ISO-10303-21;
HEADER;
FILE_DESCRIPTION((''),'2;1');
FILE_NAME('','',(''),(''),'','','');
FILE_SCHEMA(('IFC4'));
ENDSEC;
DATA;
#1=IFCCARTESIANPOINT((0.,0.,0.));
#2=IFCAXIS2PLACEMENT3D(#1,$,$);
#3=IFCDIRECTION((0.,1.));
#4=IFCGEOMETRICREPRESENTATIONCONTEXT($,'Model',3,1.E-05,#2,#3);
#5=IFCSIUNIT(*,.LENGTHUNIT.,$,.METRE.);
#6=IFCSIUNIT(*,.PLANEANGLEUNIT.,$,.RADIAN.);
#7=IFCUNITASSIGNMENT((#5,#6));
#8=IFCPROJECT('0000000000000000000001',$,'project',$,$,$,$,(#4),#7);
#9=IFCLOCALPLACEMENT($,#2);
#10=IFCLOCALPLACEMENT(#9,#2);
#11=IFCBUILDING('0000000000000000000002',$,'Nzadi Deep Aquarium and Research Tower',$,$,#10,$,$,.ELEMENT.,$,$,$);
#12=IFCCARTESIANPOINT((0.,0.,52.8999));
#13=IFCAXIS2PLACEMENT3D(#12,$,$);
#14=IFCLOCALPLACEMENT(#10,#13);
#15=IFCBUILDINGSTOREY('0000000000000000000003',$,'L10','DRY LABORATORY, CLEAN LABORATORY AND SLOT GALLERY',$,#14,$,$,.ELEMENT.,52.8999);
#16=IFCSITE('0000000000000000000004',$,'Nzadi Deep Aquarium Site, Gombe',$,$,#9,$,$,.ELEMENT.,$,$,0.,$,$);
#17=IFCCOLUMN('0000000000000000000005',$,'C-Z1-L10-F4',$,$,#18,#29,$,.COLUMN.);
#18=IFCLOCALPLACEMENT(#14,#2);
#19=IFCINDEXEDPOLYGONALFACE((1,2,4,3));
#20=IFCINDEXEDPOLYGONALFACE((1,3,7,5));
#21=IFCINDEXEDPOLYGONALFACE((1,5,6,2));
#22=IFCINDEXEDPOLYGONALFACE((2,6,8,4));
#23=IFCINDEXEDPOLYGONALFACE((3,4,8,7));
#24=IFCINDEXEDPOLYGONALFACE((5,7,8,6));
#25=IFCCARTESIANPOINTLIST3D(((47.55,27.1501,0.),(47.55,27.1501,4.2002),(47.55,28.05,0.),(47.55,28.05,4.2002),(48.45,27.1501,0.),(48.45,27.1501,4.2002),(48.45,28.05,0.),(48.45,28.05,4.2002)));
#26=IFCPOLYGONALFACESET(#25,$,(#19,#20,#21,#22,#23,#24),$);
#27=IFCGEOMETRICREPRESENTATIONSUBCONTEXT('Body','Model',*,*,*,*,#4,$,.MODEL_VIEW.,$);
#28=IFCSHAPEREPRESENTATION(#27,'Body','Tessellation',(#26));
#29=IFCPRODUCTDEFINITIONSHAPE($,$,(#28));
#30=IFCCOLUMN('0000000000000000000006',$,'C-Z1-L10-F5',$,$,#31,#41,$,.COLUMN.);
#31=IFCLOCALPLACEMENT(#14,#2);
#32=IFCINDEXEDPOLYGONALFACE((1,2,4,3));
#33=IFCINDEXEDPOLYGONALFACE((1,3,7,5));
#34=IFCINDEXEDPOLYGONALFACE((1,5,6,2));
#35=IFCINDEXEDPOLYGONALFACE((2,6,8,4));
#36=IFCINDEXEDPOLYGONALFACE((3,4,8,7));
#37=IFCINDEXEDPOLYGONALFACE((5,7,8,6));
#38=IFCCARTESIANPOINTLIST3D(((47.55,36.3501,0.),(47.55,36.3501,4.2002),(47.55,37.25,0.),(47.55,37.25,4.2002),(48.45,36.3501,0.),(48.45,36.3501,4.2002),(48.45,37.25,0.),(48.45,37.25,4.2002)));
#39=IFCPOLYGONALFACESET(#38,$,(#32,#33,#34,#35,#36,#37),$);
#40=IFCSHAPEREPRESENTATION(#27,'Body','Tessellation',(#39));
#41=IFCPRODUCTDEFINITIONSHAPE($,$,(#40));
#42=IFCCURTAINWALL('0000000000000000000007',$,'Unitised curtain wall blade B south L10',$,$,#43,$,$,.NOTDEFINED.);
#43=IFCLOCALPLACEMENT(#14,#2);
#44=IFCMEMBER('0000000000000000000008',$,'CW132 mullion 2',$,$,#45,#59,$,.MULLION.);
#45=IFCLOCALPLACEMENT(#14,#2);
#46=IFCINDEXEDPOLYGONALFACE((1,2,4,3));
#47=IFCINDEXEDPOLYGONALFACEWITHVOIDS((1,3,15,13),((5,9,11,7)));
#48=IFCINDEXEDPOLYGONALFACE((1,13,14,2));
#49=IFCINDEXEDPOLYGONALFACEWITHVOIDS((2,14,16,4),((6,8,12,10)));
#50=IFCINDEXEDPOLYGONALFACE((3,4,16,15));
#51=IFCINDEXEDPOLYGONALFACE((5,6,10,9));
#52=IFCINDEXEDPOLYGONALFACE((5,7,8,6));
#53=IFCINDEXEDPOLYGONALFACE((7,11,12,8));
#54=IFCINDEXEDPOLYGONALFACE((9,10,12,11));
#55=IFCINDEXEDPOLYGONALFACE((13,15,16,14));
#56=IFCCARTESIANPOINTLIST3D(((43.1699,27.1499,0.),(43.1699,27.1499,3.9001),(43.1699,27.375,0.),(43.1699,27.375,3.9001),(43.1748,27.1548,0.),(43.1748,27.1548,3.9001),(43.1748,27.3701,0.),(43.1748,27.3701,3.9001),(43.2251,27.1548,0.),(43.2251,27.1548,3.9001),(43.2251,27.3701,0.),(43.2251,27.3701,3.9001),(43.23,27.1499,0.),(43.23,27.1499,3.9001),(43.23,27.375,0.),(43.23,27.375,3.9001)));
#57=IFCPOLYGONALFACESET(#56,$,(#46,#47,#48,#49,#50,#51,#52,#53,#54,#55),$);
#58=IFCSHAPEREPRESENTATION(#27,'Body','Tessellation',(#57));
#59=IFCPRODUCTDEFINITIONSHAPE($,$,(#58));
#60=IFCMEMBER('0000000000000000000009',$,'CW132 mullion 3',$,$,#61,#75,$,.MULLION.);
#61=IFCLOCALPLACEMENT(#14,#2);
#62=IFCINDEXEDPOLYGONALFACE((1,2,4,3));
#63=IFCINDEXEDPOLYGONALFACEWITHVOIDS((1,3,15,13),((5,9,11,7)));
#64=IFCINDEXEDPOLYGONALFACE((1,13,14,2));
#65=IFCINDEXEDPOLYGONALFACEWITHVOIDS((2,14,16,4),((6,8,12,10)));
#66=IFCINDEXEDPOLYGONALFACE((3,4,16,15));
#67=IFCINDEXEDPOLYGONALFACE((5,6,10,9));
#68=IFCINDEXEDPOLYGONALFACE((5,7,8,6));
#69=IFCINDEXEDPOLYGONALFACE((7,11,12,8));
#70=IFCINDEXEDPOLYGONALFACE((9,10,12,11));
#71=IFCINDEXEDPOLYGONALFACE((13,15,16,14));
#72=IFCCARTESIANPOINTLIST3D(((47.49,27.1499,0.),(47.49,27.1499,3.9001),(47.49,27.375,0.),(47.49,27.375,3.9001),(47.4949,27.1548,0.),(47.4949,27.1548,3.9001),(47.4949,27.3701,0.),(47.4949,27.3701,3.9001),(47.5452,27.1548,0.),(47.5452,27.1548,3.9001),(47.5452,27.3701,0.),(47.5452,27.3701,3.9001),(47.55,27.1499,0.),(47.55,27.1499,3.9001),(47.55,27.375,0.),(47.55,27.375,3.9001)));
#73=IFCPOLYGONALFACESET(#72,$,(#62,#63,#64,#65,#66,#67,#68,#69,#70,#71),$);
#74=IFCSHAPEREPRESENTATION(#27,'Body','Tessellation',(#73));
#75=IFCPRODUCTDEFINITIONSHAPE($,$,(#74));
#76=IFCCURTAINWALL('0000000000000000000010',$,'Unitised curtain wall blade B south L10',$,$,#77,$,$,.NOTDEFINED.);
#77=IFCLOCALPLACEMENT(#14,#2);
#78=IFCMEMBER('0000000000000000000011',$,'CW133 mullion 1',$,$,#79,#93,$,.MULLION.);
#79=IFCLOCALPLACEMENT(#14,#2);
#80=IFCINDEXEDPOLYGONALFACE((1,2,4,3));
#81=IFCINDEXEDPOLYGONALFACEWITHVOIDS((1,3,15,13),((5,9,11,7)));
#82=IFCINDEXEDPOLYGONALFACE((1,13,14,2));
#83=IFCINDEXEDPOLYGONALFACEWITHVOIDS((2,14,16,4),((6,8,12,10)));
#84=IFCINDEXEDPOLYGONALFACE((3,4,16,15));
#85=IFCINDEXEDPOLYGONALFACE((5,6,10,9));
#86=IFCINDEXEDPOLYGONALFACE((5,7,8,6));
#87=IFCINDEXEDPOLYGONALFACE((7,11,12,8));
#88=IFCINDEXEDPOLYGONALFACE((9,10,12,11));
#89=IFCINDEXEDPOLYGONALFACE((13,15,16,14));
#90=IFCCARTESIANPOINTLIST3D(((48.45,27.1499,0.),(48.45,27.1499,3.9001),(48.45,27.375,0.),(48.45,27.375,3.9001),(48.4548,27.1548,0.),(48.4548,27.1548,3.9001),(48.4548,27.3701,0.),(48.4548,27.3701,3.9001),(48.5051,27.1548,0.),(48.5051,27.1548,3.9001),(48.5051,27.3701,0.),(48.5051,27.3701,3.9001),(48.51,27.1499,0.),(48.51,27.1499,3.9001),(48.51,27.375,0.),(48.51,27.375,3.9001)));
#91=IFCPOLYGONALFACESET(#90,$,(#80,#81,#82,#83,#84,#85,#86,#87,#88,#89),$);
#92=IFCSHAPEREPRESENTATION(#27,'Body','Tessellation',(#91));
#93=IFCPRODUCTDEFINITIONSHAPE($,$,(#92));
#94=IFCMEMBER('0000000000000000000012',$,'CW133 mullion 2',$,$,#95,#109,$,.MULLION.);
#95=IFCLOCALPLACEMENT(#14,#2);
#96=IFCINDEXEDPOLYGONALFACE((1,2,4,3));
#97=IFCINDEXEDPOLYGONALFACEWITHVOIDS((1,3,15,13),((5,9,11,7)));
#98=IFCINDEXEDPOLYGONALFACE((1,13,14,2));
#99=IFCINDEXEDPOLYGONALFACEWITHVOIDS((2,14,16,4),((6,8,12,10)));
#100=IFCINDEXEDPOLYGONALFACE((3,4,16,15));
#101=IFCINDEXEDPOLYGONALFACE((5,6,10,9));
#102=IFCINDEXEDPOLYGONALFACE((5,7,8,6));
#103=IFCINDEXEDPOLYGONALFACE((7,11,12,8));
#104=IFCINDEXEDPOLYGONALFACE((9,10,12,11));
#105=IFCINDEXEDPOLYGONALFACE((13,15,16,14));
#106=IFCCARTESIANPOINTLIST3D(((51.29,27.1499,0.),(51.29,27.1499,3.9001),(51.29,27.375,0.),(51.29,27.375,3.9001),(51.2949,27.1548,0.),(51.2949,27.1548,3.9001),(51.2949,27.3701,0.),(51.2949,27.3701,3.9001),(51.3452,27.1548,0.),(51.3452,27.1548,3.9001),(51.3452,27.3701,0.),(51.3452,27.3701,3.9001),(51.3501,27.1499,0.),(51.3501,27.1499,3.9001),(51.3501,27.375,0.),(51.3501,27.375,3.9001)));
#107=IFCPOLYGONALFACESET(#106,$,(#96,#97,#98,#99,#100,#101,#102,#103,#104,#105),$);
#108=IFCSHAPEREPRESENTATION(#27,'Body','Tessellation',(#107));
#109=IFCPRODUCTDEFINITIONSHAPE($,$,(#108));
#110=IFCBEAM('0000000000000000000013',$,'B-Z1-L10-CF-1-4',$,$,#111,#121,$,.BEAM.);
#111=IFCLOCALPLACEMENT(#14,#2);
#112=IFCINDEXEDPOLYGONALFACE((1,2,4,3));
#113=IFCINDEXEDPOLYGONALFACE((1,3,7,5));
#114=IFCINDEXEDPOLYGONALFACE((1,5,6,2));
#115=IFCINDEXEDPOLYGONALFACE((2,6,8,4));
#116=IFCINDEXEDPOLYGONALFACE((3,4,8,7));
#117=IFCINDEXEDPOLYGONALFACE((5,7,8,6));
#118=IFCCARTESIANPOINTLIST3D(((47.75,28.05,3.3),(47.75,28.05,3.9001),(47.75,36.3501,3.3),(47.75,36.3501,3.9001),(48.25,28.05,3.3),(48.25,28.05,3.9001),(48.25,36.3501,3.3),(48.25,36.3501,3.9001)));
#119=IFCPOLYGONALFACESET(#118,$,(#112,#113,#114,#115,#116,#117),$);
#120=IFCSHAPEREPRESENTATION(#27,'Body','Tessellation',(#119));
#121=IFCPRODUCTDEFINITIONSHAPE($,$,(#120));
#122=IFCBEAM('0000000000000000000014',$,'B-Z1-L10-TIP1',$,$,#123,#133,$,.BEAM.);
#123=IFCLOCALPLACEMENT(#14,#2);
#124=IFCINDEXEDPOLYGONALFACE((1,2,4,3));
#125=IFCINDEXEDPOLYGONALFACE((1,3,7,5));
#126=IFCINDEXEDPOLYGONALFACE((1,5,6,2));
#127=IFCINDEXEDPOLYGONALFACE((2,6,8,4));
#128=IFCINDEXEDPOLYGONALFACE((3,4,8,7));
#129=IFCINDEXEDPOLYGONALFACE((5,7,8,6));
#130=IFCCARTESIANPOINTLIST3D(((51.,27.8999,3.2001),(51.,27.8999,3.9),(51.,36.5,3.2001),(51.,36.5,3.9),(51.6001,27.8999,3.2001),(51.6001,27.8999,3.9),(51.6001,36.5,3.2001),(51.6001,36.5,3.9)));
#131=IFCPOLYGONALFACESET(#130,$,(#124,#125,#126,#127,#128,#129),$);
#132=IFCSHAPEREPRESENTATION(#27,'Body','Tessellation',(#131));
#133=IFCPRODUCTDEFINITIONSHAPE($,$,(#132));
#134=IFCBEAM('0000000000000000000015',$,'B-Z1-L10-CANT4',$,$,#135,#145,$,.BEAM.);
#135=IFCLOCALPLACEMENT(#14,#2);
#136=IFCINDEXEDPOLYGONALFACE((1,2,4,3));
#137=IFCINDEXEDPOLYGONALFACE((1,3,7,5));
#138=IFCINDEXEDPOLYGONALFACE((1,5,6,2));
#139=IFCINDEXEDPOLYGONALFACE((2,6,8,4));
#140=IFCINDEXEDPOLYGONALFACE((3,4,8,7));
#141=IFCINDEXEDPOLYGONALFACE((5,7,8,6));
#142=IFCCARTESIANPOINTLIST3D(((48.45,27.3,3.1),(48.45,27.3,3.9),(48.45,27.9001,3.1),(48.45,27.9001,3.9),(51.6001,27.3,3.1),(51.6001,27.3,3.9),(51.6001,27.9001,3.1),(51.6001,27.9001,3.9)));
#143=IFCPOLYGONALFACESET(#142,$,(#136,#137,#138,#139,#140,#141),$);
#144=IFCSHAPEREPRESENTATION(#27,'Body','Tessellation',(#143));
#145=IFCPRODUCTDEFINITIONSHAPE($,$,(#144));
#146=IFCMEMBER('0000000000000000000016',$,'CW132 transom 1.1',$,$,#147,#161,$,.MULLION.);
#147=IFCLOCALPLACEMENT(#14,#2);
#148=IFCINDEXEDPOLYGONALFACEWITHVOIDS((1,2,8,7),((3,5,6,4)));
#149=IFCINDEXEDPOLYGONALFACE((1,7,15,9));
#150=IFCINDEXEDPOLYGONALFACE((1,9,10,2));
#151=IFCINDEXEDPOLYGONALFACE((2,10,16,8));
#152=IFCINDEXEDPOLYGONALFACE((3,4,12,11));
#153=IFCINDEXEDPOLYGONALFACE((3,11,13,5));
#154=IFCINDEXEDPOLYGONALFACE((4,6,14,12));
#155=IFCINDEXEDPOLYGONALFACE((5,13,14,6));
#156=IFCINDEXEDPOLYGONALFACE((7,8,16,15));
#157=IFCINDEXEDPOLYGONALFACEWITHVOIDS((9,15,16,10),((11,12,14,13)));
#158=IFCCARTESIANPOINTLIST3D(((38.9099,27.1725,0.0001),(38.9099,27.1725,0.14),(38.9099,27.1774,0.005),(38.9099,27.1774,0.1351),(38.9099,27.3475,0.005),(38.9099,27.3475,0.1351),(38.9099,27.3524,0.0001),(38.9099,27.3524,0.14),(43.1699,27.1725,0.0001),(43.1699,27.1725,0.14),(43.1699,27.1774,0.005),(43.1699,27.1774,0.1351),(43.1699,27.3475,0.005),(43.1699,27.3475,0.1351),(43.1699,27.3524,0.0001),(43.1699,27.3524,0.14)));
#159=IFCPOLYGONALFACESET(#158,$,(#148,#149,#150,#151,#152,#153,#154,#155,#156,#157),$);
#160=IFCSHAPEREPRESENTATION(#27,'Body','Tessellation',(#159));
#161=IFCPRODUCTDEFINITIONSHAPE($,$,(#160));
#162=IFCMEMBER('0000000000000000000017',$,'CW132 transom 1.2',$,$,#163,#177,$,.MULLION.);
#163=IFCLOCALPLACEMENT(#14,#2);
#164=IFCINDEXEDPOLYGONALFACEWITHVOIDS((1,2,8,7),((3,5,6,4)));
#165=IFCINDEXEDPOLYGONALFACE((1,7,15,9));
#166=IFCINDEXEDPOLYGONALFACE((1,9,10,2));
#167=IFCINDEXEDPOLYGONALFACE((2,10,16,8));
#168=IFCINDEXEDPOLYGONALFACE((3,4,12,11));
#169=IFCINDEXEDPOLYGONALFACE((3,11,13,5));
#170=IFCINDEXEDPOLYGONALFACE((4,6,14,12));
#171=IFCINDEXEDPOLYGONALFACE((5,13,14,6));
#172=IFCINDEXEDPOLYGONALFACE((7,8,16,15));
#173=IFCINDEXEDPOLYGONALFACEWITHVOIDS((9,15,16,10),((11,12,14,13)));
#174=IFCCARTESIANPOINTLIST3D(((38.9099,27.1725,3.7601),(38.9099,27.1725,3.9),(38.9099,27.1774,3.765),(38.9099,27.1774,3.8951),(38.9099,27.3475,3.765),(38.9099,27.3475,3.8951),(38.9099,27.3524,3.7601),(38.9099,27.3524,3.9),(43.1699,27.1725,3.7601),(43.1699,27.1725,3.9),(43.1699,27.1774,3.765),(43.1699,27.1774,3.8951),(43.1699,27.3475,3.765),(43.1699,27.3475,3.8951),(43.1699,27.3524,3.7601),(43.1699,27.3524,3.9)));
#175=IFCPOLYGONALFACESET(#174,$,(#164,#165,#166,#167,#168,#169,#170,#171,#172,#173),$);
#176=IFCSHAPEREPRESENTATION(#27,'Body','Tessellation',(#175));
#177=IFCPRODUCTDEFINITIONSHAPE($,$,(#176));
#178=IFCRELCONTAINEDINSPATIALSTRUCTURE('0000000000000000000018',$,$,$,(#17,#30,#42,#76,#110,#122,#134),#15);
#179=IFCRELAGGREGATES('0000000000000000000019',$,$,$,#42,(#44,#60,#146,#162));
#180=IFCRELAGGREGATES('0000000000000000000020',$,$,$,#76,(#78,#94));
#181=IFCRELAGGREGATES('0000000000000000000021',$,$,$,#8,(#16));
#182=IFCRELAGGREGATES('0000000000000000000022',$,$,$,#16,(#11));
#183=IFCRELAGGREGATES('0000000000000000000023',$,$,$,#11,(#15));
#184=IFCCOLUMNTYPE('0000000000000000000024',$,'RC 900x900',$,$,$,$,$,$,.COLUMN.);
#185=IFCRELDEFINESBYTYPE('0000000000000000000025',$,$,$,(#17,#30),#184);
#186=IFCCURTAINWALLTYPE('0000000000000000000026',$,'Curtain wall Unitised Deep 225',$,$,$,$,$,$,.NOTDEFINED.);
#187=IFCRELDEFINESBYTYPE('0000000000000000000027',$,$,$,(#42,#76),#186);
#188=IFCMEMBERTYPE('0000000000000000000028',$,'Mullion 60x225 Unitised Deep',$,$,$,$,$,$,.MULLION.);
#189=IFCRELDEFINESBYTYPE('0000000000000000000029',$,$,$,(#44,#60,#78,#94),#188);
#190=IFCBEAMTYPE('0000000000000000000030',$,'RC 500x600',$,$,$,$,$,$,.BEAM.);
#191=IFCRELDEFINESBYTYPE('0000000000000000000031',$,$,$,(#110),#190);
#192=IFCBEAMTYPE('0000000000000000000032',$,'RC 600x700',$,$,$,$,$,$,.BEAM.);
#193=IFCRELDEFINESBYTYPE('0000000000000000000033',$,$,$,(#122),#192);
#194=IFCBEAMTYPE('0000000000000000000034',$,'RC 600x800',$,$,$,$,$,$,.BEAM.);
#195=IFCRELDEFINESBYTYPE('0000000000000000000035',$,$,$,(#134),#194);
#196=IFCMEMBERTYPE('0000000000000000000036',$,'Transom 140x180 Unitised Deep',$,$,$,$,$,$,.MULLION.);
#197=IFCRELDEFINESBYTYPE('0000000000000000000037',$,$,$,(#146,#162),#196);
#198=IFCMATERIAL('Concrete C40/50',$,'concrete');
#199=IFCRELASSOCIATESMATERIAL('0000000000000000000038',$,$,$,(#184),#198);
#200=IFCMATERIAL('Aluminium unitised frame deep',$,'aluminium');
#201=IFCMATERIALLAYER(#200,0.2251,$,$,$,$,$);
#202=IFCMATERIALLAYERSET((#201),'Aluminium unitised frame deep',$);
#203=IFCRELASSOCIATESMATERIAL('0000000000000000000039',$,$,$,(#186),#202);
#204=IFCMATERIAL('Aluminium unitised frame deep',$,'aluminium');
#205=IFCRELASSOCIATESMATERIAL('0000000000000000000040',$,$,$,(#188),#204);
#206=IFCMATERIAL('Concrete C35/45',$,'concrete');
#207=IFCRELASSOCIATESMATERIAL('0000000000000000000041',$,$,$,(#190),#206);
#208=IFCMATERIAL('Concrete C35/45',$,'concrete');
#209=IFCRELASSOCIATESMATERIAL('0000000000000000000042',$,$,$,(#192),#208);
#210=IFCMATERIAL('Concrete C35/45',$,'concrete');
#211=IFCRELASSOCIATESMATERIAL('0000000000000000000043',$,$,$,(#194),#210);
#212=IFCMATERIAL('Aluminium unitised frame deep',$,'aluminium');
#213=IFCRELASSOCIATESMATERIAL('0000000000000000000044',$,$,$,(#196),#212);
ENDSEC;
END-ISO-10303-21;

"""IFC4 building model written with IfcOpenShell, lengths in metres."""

from ifc_helpers import new_model, si_unit, direction, frame, origin, origin_2d, place, context, subcontext, project, spatial, rectangle, hollow_rectangle, extrude, material, layer, layer_set, material_profile, profile_set, type_object, element, aggregate, save


model = new_model("IFC4")

# Units and contexts
model_context = context("Model", 3, precision=1e-05, world=origin(), true_north=direction((0.0, 1.0)))
body_context = subcontext(model_context, "Body", "Model", "MODEL_VIEW")
ifc_project = project(units=[si_unit("LENGTHUNIT", "METRE"), si_unit("PLANEANGLEUNIT", "RADIAN")], contexts=[model_context])

# Site, building, storey
site_placement = place(None, origin())
site = spatial("IfcSite", under=ifc_project, at=site_placement, Name="Nzadi Deep Aquarium Site, Gombe", CompositionType="ELEMENT", RefElevation=0.0)
building_placement = place(site_placement, origin())
building = spatial("IfcBuilding", under=site, at=building_placement, Name="Nzadi Deep Aquarium and Research Tower", CompositionType="ELEMENT")
storey_placement = place(building_placement, frame((0.0, 0.0, 52.8999)))
storey = spatial("IfcBuildingStorey", under=building, at=storey_placement, Name="L10", Description="DRY LABORATORY, CLEAN LABORATORY AND SLOT GALLERY", CompositionType="ELEMENT", Elevation=52.8999)

# Columns
ifc_material_1 = material(Name="Concrete C40/50", Category="concrete")
ifc_material_profile_1 = material_profile(ifc_material_1, rectangle(XDim=0.8999, YDim=0.8999, at=origin_2d()))
ifc_profile_set_1 = profile_set([ifc_material_profile_1], Name="Concrete C40/50")
column_type = type_object("IfcColumnType", Name="RC 900x900", PredefinedType="COLUMN", material=ifc_profile_set_1)
for number, where, z_axis, x_axis, name in (
    (1, (48.0, 27.6001, 0.0), (0.0, 0.0, 1.0), (1.0, 0.0, 0.0), "C-Z1-L10-F4"),
    (2, (48.0, 36.8, 0.0), (0.0, 0.0, 1.0), (1.0, 0.0, 0.0), "C-Z1-L10-F5"),
):
    element("IfcColumn", number, at=place(storey_placement, frame(where, z_axis=z_axis, x_axis=x_axis)), inside=storey, type_object=column_type, Name=name, PredefinedType="COLUMN", context=body_context, shape_type="SweptSolid", body=[
        extrude(rectangle(XDim=0.8999, YDim=0.8999, at=origin_2d()), origin(), (0.0, 0.0, 1.0), 4.2002),
    ])

# Curtain walls, members
ifc_material_2 = material(Name="Aluminium unitised frame deep", Category="aluminium")
ifc_layer_1 = layer(ifc_material_2, 0.2251)
ifc_layer_set_1 = layer_set([ifc_layer_1], Name="Aluminium unitised frame deep")
curtain_wall_type = type_object("IfcCurtainWallType", Name="Curtain wall Unitised Deep 225", PredefinedType="NOTDEFINED", material=ifc_layer_set_1)
curtain_wall_1_placement = place(storey_placement, origin())
curtain_wall_1 = element("IfcCurtainWall", 3, at=curtain_wall_1_placement, inside=storey, type_object=curtain_wall_type, Name="Unitised curtain wall blade B south L10", PredefinedType="NOTDEFINED")
ifc_material_3 = material(Name="Aluminium unitised frame deep", Category="aluminium")
ifc_material_profile_2 = material_profile(ifc_material_3, hollow_rectangle(XDim=0.2251, YDim=0.0601, WallThickness=0.0049, at=origin_2d()))
ifc_profile_set_2 = profile_set([ifc_material_profile_2], Name="Aluminium unitised frame deep")
member_type_1 = type_object("IfcMemberType", Name="Mullion 60x225 Unitised Deep", PredefinedType="MULLION", material=ifc_profile_set_2)
member_1_placement = place(storey_placement, frame((43.2, 27.2625, 0.0), z_axis=(0.0, 0.0, 1.0), x_axis=(0.0, 1.0, 0.0)))
member_1 = element("IfcMember", 4, at=member_1_placement, type_object=member_type_1, Name="CW132 mullion 2", PredefinedType="MULLION", context=body_context, shape_type="SweptSolid", body=[
    extrude(hollow_rectangle(XDim=0.2251, YDim=0.0601, WallThickness=0.0049, at=origin_2d()), origin(), (0.0, 0.0, 1.0), 3.9001),
])
member_2_placement = place(storey_placement, frame((47.52, 27.2625, 0.0), z_axis=(0.0, 0.0, 1.0), x_axis=(0.0, 1.0, 0.0)))
member_2 = element("IfcMember", 5, at=member_2_placement, type_object=member_type_1, Name="CW132 mullion 3", PredefinedType="MULLION", context=body_context, shape_type="SweptSolid", body=[
    extrude(hollow_rectangle(XDim=0.2251, YDim=0.0601, WallThickness=0.0049, at=origin_2d()), origin(), (0.0, 0.0, 1.0), 3.9001),
])
curtain_wall_2_placement = place(storey_placement, origin())
curtain_wall_2 = element("IfcCurtainWall", 6, at=curtain_wall_2_placement, inside=storey, type_object=curtain_wall_type, Name="Unitised curtain wall blade B south L10", PredefinedType="NOTDEFINED")
member_3_placement = place(storey_placement, frame((48.48, 27.2625, 0.0), z_axis=(0.0, 0.0, 1.0), x_axis=(0.0, 1.0, 0.0)))
member_3 = element("IfcMember", 7, at=member_3_placement, type_object=member_type_1, Name="CW133 mullion 1", PredefinedType="MULLION", context=body_context, shape_type="SweptSolid", body=[
    extrude(hollow_rectangle(XDim=0.2251, YDim=0.0601, WallThickness=0.0049, at=origin_2d()), origin(), (0.0, 0.0, 1.0), 3.9001),
])
member_4_placement = place(storey_placement, frame((51.3201, 27.2625, 0.0), z_axis=(0.0, 0.0, 1.0), x_axis=(0.0, 1.0, 0.0)))
member_4 = element("IfcMember", 8, at=member_4_placement, type_object=member_type_1, Name="CW133 mullion 2", PredefinedType="MULLION", context=body_context, shape_type="SweptSolid", body=[
    extrude(hollow_rectangle(XDim=0.2251, YDim=0.0601, WallThickness=0.0049, at=origin_2d()), origin(), (0.0, 0.0, 1.0), 3.9001),
])

# Beams
ifc_material_4 = material(Name="Concrete C35/45", Category="concrete")
ifc_material_profile_3 = material_profile(ifc_material_4, rectangle(XDim=0.5, YDim=0.6001, at=origin_2d()))
ifc_profile_set_3 = profile_set([ifc_material_profile_3], Name="Concrete C35/45")
beam_type_1 = type_object("IfcBeamType", Name="RC 500x600", PredefinedType="BEAM", material=ifc_profile_set_3)
beam_1_placement = place(storey_placement, frame((48.0, 28.05, 3.6001), z_axis=(0.0, 1.0, 0.0), x_axis=(-1.0, 0.0, 0.0)))
element("IfcBeam", 9, at=beam_1_placement, inside=storey, type_object=beam_type_1, Name="B-Z1-L10-CF-1-4", PredefinedType="BEAM", context=body_context, shape_type="SweptSolid", body=[
    extrude(rectangle(XDim=0.5, YDim=0.6001, at=origin_2d()), origin(), (0.0, 0.0, 1.0), 8.3),
])
ifc_material_5 = material(Name="Concrete C35/45", Category="concrete")
ifc_material_profile_4 = material_profile(ifc_material_5, rectangle(XDim=0.6001, YDim=0.7, at=origin_2d()))
ifc_profile_set_4 = profile_set([ifc_material_profile_4], Name="Concrete C35/45")
beam_type_2 = type_object("IfcBeamType", Name="RC 600x700", PredefinedType="BEAM", material=ifc_profile_set_4)
beam_2_placement = place(storey_placement, frame((51.3, 27.8999, 3.55), z_axis=(0.0, 1.0, 0.0), x_axis=(-1.0, 0.0, 0.0)))
element("IfcBeam", 10, at=beam_2_placement, inside=storey, type_object=beam_type_2, Name="B-Z1-L10-TIP1", PredefinedType="BEAM", context=body_context, shape_type="SweptSolid", body=[
    extrude(rectangle(XDim=0.6001, YDim=0.7, at=origin_2d()), origin(), (0.0, 0.0, 1.0), 8.6001),
])
ifc_material_6 = material(Name="Concrete C35/45", Category="concrete")
ifc_material_profile_5 = material_profile(ifc_material_6, rectangle(XDim=0.6001, YDim=0.8, at=origin_2d()))
ifc_profile_set_5 = profile_set([ifc_material_profile_5], Name="Concrete C35/45")
beam_type_3 = type_object("IfcBeamType", Name="RC 600x800", PredefinedType="BEAM", material=ifc_profile_set_5)
beam_3_placement = place(storey_placement, frame((48.45, 27.6001, 3.5), z_axis=(1.0, 0.0, 0.0), x_axis=(0.0, 1.0, 0.0)))
element("IfcBeam", 11, at=beam_3_placement, inside=storey, type_object=beam_type_3, Name="B-Z1-L10-CANT4", PredefinedType="BEAM", context=body_context, shape_type="SweptSolid", body=[
    extrude(rectangle(XDim=0.6001, YDim=0.8, at=origin_2d()), origin(), (0.0, 0.0, 1.0), 3.1501),
])

# Members
ifc_material_7 = material(Name="Aluminium unitised frame deep", Category="aluminium")
ifc_material_profile_6 = material_profile(ifc_material_7, hollow_rectangle(XDim=0.1799, YDim=0.1399, WallThickness=0.0049, at=origin_2d()))
ifc_profile_set_6 = profile_set([ifc_material_profile_6], Name="Aluminium unitised frame deep")
member_type_2 = type_object("IfcMemberType", Name="Transom 140x180 Unitised Deep", PredefinedType="MULLION", material=ifc_profile_set_6)
member_5_placement = place(storey_placement, frame((38.9099, 27.2625, 0.0701), z_axis=(1.0, 0.0, 0.0), x_axis=(0.0, 1.0, 0.0)))
member_5 = element("IfcMember", 12, at=member_5_placement, type_object=member_type_2, Name="CW132 transom 1.1", PredefinedType="MULLION", context=body_context, shape_type="SweptSolid", body=[
    extrude(hollow_rectangle(XDim=0.1799, YDim=0.1399, WallThickness=0.0049, at=origin_2d()), origin(), (0.0, 0.0, 1.0), 4.26),
])
member_6_placement = place(storey_placement, frame((38.9099, 27.2625, 3.8301), z_axis=(1.0, 0.0, 0.0), x_axis=(0.0, 1.0, 0.0)))
member_6 = element("IfcMember", 13, at=member_6_placement, type_object=member_type_2, Name="CW132 transom 1.2", PredefinedType="MULLION", context=body_context, shape_type="SweptSolid", body=[
    extrude(hollow_rectangle(XDim=0.1799, YDim=0.1399, WallThickness=0.0049, at=origin_2d()), origin(), (0.0, 0.0, 1.0), 4.26),
])

aggregate(curtain_wall_1, [member_1, member_2, member_5, member_6])
aggregate(curtain_wall_2, [member_3, member_4])

save(model, "model.ifc")
